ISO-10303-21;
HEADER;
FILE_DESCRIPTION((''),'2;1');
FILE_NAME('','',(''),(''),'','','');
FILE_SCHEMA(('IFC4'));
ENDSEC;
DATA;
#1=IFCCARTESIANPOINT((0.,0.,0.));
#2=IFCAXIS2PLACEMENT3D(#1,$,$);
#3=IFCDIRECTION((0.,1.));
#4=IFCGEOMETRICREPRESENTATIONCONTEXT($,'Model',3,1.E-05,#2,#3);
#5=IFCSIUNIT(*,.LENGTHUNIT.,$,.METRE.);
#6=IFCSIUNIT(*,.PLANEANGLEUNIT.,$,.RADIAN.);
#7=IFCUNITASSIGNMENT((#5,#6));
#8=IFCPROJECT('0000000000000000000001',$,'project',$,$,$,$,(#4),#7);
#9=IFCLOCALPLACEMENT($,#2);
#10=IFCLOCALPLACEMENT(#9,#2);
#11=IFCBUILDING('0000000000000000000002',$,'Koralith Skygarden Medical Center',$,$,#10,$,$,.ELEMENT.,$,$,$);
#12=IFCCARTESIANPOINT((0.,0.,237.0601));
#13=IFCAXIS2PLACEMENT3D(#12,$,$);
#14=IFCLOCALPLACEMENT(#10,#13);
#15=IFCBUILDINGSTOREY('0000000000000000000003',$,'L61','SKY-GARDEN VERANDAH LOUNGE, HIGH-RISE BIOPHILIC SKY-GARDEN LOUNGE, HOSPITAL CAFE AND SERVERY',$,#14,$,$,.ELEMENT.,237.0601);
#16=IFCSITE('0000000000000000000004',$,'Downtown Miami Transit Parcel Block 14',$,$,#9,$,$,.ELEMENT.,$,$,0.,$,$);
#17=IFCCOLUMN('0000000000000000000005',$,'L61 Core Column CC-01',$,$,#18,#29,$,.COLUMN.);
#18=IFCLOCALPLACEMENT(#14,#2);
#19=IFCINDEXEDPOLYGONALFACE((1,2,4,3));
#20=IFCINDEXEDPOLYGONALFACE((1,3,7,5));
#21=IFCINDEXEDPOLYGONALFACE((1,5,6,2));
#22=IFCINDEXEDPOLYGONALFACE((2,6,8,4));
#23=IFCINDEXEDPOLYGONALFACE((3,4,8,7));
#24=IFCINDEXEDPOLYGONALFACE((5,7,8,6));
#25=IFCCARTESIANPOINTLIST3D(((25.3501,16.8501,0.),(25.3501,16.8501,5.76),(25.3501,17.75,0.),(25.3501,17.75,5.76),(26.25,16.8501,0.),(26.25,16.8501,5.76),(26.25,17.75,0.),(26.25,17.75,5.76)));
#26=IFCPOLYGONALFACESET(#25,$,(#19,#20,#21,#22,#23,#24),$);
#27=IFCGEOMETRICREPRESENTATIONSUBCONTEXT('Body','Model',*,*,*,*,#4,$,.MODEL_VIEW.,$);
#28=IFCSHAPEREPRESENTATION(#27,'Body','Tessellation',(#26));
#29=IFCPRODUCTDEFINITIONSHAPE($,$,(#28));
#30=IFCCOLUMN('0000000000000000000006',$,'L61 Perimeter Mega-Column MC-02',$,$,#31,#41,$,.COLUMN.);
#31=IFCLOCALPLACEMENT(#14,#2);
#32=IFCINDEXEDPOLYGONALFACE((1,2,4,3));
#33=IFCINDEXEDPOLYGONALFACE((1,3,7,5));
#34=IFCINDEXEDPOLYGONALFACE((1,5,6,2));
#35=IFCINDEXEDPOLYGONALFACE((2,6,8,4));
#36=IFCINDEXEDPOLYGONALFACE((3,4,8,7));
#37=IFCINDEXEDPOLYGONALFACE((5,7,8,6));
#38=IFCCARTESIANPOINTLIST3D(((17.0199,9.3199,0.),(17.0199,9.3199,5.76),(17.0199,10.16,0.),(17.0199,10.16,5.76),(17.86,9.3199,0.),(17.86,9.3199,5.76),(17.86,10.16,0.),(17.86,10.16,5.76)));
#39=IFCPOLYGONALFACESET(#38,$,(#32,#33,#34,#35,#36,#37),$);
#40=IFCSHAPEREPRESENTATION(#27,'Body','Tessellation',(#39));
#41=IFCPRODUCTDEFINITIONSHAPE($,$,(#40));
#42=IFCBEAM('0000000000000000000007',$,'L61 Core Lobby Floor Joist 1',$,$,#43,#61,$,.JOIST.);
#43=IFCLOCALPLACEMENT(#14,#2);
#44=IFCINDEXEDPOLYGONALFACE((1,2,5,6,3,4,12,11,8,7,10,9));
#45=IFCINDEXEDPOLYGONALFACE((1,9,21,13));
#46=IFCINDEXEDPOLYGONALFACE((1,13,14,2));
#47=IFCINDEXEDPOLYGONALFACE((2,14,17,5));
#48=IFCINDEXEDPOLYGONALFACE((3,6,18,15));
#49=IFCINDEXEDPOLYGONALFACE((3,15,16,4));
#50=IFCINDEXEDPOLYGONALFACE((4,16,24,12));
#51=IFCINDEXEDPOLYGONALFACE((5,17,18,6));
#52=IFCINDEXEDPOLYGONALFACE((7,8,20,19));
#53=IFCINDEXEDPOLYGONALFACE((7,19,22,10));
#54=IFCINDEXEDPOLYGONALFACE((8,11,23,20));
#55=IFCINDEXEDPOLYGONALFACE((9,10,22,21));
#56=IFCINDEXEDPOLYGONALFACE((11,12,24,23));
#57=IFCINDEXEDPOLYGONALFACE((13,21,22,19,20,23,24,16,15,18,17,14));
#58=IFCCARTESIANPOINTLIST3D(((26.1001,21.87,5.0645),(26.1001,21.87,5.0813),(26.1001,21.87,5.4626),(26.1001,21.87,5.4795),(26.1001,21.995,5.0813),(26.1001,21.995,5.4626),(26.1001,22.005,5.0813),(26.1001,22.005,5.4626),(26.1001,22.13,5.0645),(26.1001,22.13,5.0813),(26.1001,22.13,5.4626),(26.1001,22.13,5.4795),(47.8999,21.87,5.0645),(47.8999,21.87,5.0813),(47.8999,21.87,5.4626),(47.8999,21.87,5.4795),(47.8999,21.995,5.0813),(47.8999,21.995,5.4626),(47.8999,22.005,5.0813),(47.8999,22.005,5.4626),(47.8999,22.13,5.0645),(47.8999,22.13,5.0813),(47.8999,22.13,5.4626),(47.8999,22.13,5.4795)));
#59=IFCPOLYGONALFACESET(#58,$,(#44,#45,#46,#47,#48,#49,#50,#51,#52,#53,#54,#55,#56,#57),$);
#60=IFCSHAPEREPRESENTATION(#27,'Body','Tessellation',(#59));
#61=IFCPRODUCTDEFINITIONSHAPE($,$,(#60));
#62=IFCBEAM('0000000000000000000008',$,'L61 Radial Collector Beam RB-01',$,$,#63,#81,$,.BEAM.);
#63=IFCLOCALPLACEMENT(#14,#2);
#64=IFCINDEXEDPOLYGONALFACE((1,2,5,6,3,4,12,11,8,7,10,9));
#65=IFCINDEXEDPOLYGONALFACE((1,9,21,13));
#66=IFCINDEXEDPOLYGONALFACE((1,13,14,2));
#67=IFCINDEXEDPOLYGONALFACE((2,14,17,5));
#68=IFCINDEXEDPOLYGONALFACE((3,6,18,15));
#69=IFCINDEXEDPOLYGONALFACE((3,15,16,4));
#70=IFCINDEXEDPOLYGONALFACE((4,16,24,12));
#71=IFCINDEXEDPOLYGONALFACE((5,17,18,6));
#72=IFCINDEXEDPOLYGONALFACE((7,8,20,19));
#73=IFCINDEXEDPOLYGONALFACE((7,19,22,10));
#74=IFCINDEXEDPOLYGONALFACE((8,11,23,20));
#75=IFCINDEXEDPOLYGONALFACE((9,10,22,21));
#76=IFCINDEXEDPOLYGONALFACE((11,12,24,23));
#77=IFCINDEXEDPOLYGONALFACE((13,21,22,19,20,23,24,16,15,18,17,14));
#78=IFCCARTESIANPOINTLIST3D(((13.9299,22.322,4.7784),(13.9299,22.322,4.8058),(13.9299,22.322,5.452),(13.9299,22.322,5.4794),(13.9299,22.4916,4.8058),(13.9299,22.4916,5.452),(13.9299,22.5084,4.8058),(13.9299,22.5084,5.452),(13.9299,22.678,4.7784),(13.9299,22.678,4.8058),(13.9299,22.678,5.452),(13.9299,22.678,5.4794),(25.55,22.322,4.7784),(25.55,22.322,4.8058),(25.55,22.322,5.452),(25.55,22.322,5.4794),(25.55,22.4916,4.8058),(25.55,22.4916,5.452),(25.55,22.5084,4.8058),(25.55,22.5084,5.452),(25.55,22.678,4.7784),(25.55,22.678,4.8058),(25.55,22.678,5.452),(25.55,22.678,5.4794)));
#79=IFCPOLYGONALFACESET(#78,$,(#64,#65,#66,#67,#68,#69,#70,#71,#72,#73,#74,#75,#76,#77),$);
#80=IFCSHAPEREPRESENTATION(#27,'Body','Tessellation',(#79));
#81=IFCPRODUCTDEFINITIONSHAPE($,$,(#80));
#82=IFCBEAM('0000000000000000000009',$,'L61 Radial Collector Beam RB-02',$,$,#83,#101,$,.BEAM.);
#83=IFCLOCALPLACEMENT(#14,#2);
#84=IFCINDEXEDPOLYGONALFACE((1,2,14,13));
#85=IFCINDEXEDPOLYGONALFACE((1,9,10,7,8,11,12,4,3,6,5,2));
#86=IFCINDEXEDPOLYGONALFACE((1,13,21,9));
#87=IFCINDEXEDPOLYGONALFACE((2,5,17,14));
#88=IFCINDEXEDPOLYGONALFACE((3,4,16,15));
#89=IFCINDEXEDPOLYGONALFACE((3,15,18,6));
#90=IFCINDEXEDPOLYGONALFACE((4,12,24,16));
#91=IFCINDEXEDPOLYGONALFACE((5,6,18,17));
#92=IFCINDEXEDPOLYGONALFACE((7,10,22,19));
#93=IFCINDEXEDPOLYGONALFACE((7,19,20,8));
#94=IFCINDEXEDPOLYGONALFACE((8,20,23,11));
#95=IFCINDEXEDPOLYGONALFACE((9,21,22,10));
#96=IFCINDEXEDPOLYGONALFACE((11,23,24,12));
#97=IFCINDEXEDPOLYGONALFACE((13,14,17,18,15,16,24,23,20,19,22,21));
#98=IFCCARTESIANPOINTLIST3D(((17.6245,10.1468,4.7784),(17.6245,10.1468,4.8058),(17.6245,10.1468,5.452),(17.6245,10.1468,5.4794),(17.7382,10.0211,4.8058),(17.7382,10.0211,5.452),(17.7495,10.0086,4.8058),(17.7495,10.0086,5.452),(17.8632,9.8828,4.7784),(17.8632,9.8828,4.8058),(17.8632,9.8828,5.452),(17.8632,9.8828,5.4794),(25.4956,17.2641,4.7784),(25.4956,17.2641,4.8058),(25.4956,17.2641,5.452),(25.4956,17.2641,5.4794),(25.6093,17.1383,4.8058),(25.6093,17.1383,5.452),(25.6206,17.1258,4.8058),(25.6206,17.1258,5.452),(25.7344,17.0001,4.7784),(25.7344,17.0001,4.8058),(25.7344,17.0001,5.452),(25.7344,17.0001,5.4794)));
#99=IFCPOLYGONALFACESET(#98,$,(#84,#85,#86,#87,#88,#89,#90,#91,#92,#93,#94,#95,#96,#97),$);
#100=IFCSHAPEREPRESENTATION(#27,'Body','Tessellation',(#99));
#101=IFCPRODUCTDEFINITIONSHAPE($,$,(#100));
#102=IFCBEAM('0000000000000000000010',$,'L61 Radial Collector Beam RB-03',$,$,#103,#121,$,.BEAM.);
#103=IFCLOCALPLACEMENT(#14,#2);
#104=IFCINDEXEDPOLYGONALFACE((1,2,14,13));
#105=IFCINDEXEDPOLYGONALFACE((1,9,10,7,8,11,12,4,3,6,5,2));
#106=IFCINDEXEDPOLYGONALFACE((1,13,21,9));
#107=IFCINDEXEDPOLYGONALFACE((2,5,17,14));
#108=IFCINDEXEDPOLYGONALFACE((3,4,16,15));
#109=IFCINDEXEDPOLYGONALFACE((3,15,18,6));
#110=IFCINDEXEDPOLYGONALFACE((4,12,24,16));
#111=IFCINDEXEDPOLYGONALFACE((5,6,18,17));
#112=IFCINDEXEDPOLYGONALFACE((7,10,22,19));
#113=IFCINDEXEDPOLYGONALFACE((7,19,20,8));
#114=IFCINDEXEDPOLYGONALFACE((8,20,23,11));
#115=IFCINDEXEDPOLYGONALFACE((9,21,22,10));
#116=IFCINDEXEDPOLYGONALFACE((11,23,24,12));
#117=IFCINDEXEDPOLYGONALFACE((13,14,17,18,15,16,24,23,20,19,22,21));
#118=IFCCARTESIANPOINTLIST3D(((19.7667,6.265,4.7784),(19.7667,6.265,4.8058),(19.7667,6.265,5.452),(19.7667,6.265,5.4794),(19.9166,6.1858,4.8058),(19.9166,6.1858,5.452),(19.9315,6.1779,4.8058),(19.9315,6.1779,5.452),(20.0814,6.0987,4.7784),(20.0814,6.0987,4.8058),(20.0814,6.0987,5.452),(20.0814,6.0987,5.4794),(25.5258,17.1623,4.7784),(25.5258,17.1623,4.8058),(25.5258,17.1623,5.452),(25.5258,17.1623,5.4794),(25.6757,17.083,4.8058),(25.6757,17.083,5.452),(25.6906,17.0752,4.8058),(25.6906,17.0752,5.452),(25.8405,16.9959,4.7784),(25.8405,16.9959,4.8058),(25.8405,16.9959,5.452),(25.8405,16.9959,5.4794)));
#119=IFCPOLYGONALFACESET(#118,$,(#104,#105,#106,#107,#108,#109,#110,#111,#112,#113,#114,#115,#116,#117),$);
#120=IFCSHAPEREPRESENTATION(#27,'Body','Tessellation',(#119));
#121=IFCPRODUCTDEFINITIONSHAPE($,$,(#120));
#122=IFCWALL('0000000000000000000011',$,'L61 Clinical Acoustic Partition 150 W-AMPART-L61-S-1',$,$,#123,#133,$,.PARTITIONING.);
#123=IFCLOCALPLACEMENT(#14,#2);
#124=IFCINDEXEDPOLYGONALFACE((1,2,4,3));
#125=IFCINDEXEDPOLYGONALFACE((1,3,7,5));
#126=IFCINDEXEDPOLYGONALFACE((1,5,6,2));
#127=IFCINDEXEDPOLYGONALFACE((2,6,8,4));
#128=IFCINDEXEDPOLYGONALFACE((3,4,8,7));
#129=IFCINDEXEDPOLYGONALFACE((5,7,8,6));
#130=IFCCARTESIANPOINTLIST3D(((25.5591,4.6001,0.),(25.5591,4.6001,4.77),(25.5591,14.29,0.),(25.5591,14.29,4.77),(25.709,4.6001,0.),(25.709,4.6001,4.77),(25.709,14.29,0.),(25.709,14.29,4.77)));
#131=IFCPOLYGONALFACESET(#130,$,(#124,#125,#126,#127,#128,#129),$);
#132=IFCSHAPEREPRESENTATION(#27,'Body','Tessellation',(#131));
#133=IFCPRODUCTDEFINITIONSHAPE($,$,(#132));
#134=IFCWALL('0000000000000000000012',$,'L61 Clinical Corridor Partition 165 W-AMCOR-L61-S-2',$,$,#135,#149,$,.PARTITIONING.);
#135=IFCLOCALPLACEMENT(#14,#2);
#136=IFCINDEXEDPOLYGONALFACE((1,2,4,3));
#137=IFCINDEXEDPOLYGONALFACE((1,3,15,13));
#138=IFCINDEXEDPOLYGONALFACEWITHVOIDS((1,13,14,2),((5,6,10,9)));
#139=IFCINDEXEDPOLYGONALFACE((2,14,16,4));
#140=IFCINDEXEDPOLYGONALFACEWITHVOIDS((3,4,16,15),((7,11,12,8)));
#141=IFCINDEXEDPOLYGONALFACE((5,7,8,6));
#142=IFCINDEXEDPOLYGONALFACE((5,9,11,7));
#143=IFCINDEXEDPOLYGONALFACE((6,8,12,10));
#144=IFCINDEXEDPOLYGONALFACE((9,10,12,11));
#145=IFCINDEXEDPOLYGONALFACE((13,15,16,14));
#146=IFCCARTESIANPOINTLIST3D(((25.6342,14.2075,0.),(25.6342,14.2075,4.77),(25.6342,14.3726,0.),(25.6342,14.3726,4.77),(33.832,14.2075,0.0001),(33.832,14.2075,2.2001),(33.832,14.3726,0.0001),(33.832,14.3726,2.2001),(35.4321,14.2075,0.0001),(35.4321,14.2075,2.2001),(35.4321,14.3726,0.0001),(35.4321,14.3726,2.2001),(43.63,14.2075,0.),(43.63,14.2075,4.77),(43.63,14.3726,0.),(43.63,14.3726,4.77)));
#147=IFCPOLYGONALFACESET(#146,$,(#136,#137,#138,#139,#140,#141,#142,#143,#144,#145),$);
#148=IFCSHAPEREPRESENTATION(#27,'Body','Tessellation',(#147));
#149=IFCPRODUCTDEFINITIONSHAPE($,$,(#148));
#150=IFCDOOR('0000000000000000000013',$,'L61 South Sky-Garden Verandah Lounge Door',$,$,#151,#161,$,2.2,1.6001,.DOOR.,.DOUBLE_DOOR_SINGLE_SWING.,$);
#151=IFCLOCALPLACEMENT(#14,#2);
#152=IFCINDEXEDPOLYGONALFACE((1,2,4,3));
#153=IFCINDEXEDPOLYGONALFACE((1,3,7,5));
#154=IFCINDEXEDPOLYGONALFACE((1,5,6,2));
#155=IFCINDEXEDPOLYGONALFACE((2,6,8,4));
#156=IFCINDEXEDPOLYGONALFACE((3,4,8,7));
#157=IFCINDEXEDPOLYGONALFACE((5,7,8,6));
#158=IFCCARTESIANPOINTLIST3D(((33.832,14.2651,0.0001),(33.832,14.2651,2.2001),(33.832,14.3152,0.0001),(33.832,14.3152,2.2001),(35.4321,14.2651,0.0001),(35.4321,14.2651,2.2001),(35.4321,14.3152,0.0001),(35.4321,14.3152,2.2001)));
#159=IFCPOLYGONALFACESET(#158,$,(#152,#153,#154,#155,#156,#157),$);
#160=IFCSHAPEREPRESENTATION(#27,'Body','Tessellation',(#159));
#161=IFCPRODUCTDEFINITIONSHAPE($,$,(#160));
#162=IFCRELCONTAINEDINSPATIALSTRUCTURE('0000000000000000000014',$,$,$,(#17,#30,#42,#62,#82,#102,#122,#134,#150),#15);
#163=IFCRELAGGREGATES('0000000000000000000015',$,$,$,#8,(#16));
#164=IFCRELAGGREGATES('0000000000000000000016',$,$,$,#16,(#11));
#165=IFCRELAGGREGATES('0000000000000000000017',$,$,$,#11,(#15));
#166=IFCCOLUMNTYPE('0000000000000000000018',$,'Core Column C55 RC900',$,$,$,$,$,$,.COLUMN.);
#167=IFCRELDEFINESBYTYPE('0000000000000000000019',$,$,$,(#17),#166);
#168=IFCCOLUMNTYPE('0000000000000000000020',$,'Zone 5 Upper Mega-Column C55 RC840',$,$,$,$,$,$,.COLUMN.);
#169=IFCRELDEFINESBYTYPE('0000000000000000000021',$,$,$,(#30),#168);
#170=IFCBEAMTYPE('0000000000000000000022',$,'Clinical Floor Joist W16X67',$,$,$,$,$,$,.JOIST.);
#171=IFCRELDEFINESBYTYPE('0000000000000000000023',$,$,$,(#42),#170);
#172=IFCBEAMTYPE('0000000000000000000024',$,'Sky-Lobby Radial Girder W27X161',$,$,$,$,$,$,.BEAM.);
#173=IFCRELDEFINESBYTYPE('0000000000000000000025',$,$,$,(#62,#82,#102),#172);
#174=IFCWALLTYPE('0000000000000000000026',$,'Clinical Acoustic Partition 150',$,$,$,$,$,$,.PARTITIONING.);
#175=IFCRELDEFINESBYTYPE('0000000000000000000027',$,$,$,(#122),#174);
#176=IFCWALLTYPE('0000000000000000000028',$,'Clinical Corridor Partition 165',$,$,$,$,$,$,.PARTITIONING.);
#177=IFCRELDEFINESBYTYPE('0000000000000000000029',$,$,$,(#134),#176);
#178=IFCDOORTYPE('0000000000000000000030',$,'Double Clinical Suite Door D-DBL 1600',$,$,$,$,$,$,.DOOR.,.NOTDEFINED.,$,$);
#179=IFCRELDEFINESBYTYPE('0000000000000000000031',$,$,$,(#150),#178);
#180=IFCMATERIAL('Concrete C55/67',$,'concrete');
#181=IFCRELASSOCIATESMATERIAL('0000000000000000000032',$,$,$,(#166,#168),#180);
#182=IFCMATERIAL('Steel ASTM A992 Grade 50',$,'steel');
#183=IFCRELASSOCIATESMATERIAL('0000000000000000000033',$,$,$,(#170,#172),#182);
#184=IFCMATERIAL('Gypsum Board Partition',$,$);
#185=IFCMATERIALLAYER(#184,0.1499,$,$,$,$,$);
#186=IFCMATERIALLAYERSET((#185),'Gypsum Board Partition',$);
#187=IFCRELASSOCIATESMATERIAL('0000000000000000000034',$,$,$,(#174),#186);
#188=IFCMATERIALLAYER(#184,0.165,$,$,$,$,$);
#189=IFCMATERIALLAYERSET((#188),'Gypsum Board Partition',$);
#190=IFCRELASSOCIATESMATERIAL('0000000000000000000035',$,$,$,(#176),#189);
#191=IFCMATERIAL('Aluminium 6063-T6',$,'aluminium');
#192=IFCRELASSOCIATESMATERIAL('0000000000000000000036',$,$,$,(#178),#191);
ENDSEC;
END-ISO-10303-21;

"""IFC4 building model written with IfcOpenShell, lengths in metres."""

from ifc_helpers import new_model, si_unit, direction, frame, frame_2d, origin, origin_2d, place, context, subcontext, project, spatial, rectangle, i_section, extrude, material, layer, layer_set, material_profile, profile_set, type_object, element, fill, save


model = new_model("IFC4")

# Units and contexts
model_context = context("Model", 3, precision=1e-05, world=origin(), true_north=direction((0.0, 1.0)))
body_context = subcontext(model_context, "Body", "Model", "MODEL_VIEW")
ifc_project = project(units=[si_unit("LENGTHUNIT", "METRE"), si_unit("PLANEANGLEUNIT", "RADIAN")], contexts=[model_context])

# Site, building, storey
site_placement = place(None, origin())
site = spatial("IfcSite", under=ifc_project, at=site_placement, Name="Downtown Miami Transit Parcel Block 14", CompositionType="ELEMENT", RefElevation=0.0)
building_placement = place(site_placement, origin())
building = spatial("IfcBuilding", under=site, at=building_placement, Name="Koralith Skygarden Medical Center", CompositionType="ELEMENT")
storey_placement = place(building_placement, frame((0.0, 0.0, 237.0601)))
storey = spatial("IfcBuildingStorey", under=building, at=storey_placement, Name="L61", Description="SKY-GARDEN VERANDAH LOUNGE, HIGH-RISE BIOPHILIC SKY-GARDEN LOUNGE, HOSPITAL CAFE AND SERVERY", CompositionType="ELEMENT", Elevation=237.0601)

# Columns
ifc_material_1 = material(Name="Concrete C55/67", Category="concrete")
ifc_material_profile_1 = material_profile(ifc_material_1, rectangle(XDim=0.8999, YDim=0.8999, at=origin_2d()), Name="RC900X900")
ifc_profile_set_1 = profile_set([ifc_material_profile_1], Name="Concrete C55/67")
column_type_1 = type_object("IfcColumnType", Name="Core Column C55 RC900", PredefinedType="COLUMN", material=ifc_profile_set_1)
column_1_placement = place(storey_placement, frame((25.8, 17.3, 0.0), z_axis=(0.0, 0.0, 1.0), x_axis=(1.0, 0.0, 0.0)))
element("IfcColumn", 1, at=column_1_placement, inside=storey, type_object=column_type_1, Name="L61 Core Column CC-01", PredefinedType="COLUMN", context=body_context, shape_type="SweptSolid", body=[
    extrude(rectangle(XDim=0.8999, YDim=0.8999, at=origin_2d()), origin(), (0.0, 0.0, 1.0), 5.76),
])
ifc_material_profile_2 = material_profile(ifc_material_1, rectangle(XDim=0.8401, YDim=0.8401, at=origin_2d()), Name="RC840X840")
ifc_profile_set_2 = profile_set([ifc_material_profile_2], Name="Concrete C55/67")
column_type_2 = type_object("IfcColumnType", Name="Zone 5 Upper Mega-Column C55 RC840", PredefinedType="COLUMN", material=ifc_profile_set_2)
column_2_placement = place(storey_placement, frame((17.4399, 9.74, 0.0), z_axis=(0.0, 0.0, 1.0), x_axis=(1.0, 0.0, 0.0)))
element("IfcColumn", 2, at=column_2_placement, inside=storey, type_object=column_type_2, Name="L61 Perimeter Mega-Column MC-02", PredefinedType="COLUMN", context=body_context, shape_type="SweptSolid", body=[
    extrude(rectangle(XDim=0.8401, YDim=0.8401, at=origin_2d()), origin(), (0.0, 0.0, 1.0), 5.76),
])

# Beams
ifc_material_2 = material(Name="Steel ASTM A992 Grade 50", Category="steel")
ifc_material_profile_3 = material_profile(ifc_material_2, i_section(OverallWidth=0.26, OverallDepth=0.415, WebThickness=0.01, FlangeThickness=0.0168, at=origin_2d()), Name="W16X67")
ifc_profile_set_3 = profile_set([ifc_material_profile_3], Name="Steel ASTM A992 Grade 50")
beam_type_1 = type_object("IfcBeamType", Name="Clinical Floor Joist W16X67", PredefinedType="JOIST", material=ifc_profile_set_3)
beam_1_placement = place(storey_placement, frame((26.1001, 22.0, 5.272), z_axis=(1.0, 0.0, 0.0), x_axis=(0.0, 1.0, 0.0)))
element("IfcBeam", 3, at=beam_1_placement, inside=storey, type_object=beam_type_1, Name="L61 Core Lobby Floor Joist 1", PredefinedType="JOIST", context=body_context, shape_type="SweptSolid", body=[
    extrude(i_section(OverallWidth=0.26, OverallDepth=0.415, WebThickness=0.01, FlangeThickness=0.0168, at=origin_2d()), origin(), (0.0, 0.0, 1.0), 21.7998),
])
ifc_material_profile_4 = material_profile(ifc_material_2, i_section(OverallWidth=0.356, OverallDepth=0.7009, WebThickness=0.0168, FlangeThickness=0.0273, at=origin_2d()), Name="W27X161")
ifc_profile_set_4 = profile_set([ifc_material_profile_4], Name="Steel ASTM A992 Grade 50")
beam_type_2 = type_object("IfcBeamType", Name="Sky-Lobby Radial Girder W27X161", PredefinedType="BEAM", material=ifc_profile_set_4)
beam_2_placement = place(storey_placement, frame((25.55, 22.5, 5.1289), z_axis=(-1.0, 0.0, 0.0), x_axis=(0.0, -1.0, 0.0)))
element("IfcBeam", 4, at=beam_2_placement, inside=storey, type_object=beam_type_2, Name="L61 Radial Collector Beam RB-01", PredefinedType="BEAM", context=body_context, shape_type="SweptSolid", body=[
    extrude(i_section(OverallWidth=0.356, OverallDepth=0.7009, WebThickness=0.0168, FlangeThickness=0.0273, at=origin_2d()), origin(), (0.0, 0.0, 1.0), 11.6201),
])
beam_3_placement = place(storey_placement, frame((25.615, 17.1321, 5.1289), z_axis=(-0.741736, -0.670692, 0.0), x_axis=(0.670692, -0.741736, 0.0)))
element("IfcBeam", 5, at=beam_3_placement, inside=storey, type_object=beam_type_2, Name="L61 Radial Collector Beam RB-02", PredefinedType="BEAM", context=body_context, shape_type="SweptSolid", body=[
    extrude(i_section(OverallWidth=0.356, OverallDepth=0.7009, WebThickness=0.0168, FlangeThickness=0.0273, at=origin_2d()), origin(), (0.0, 0.0, 1.0), 10.6118),
])
beam_4_placement = place(storey_placement, frame((25.6831, 17.0791, 5.1289), z_axis=(-0.467249, -0.884126, 0.0), x_axis=(0.884126, -0.467249, 0.0)))
element("IfcBeam", 6, at=beam_4_placement, inside=storey, type_object=beam_type_2, Name="L61 Radial Collector Beam RB-03", PredefinedType="BEAM", context=body_context, shape_type="SweptSolid", body=[
    extrude(i_section(OverallWidth=0.356, OverallDepth=0.7009, WebThickness=0.0168, FlangeThickness=0.0273, at=origin_2d()), origin(), (0.0, 0.0, 1.0), 12.3254),
])

# Wall
ifc_material_3 = material(Name="Gypsum Board Partition")
ifc_layer_1 = layer(ifc_material_3, 0.1499)
ifc_layer_set_1 = layer_set([ifc_layer_1], Name="Gypsum Board Partition")
wall_type_1 = type_object("IfcWallType", Name="Clinical Acoustic Partition 150", PredefinedType="PARTITIONING", material=ifc_layer_set_1)
wall_1_placement = place(storey_placement, frame((25.634, 14.29, 0.0), z_axis=(0.0, 0.0, 1.0), x_axis=(0.0, -1.0, 0.0)))
element("IfcWall", 7, at=wall_1_placement, inside=storey, type_object=wall_type_1, Name="L61 Clinical Acoustic Partition 150 W-AMPART-L61-S-1", PredefinedType="PARTITIONING", context=body_context, shape_type="SweptSolid", body=[
    extrude(rectangle(XDim=9.6899, YDim=0.1499, at=frame_2d((4.845, 0.0))), origin(), (0.0, 0.0, 1.0), 4.77),
])

# Wall, opening, door
ifc_layer_2 = layer(ifc_material_3, 0.165)
ifc_layer_set_2 = layer_set([ifc_layer_2], Name="Gypsum Board Partition")
wall_type_2 = type_object("IfcWallType", Name="Clinical Corridor Partition 165", PredefinedType="PARTITIONING", material=ifc_layer_set_2)
ifc_material_4 = material(Name="Aluminium 6063-T6", Category="aluminium")
wall_2_placement = place(storey_placement, frame((25.634, 14.29, 0.0), z_axis=(0.0, 0.0, 1.0), x_axis=(1.0, 0.0, 0.0)))
wall_2 = element("IfcWall", 8, at=wall_2_placement, inside=storey, type_object=wall_type_2, Name="L61 Clinical Corridor Partition 165 W-AMCOR-L61-S-2", PredefinedType="PARTITIONING", context=body_context, shape_type="SweptSolid", body=[
    extrude(rectangle(XDim=17.9958, YDim=0.165, at=frame_2d((8.998, 0.0))), origin(), (0.0, 0.0, 1.0), 4.77),
])
opening_1_placement = place(wall_2_placement, frame((8.198, 0.0, 0.0)))
opening_1 = element("IfcOpeningElement", 9, at=opening_1_placement, cuts=wall_2, PredefinedType="OPENING", context=body_context, shape_type="SweptSolid", body=[
    extrude(rectangle(XDim=1.6001, YDim=2.2, at=frame_2d((0.8, 1.1001))), frame((0.0, 0.0925, 0.0), z_axis=(0.0, -1.0, 0.0), x_axis=(1.0, 0.0, 0.0)), (0.0, 0.0, 1.0), 0.1851),
])
door_type_1 = type_object("IfcDoorType", Name="Double Clinical Suite Door D-DBL 1600", OperationType="NOTDEFINED", PredefinedType="DOOR", material=ifc_material_4)
door_1_placement = place(opening_1_placement, frame((1.6001, 0.0, 0.0), z_axis=(0.0, 0.0, 1.0), x_axis=(-1.0, 0.0, 0.0)))
door_1 = element("IfcDoor", 10, at=door_1_placement, inside=storey, type_object=door_type_1, Name="L61 South Sky-Garden Verandah Lounge Door", OperationType="DOUBLE_DOOR_SINGLE_SWING", OverallHeight=2.2, OverallWidth=1.6001, PredefinedType="DOOR", context=body_context, shape_type="SweptSolid", body=[
    extrude(rectangle(XDim=1.6001, YDim=2.2, at=frame_2d((0.8, 1.1001))), frame((0.0, 0.0249, 0.0), z_axis=(0.0, -1.0, 0.0), x_axis=(1.0, 0.0, 0.0)), (0.0, 0.0, 1.0), 0.05),
])
fill(opening_1, door_1)

save(model, "model.ifc")
